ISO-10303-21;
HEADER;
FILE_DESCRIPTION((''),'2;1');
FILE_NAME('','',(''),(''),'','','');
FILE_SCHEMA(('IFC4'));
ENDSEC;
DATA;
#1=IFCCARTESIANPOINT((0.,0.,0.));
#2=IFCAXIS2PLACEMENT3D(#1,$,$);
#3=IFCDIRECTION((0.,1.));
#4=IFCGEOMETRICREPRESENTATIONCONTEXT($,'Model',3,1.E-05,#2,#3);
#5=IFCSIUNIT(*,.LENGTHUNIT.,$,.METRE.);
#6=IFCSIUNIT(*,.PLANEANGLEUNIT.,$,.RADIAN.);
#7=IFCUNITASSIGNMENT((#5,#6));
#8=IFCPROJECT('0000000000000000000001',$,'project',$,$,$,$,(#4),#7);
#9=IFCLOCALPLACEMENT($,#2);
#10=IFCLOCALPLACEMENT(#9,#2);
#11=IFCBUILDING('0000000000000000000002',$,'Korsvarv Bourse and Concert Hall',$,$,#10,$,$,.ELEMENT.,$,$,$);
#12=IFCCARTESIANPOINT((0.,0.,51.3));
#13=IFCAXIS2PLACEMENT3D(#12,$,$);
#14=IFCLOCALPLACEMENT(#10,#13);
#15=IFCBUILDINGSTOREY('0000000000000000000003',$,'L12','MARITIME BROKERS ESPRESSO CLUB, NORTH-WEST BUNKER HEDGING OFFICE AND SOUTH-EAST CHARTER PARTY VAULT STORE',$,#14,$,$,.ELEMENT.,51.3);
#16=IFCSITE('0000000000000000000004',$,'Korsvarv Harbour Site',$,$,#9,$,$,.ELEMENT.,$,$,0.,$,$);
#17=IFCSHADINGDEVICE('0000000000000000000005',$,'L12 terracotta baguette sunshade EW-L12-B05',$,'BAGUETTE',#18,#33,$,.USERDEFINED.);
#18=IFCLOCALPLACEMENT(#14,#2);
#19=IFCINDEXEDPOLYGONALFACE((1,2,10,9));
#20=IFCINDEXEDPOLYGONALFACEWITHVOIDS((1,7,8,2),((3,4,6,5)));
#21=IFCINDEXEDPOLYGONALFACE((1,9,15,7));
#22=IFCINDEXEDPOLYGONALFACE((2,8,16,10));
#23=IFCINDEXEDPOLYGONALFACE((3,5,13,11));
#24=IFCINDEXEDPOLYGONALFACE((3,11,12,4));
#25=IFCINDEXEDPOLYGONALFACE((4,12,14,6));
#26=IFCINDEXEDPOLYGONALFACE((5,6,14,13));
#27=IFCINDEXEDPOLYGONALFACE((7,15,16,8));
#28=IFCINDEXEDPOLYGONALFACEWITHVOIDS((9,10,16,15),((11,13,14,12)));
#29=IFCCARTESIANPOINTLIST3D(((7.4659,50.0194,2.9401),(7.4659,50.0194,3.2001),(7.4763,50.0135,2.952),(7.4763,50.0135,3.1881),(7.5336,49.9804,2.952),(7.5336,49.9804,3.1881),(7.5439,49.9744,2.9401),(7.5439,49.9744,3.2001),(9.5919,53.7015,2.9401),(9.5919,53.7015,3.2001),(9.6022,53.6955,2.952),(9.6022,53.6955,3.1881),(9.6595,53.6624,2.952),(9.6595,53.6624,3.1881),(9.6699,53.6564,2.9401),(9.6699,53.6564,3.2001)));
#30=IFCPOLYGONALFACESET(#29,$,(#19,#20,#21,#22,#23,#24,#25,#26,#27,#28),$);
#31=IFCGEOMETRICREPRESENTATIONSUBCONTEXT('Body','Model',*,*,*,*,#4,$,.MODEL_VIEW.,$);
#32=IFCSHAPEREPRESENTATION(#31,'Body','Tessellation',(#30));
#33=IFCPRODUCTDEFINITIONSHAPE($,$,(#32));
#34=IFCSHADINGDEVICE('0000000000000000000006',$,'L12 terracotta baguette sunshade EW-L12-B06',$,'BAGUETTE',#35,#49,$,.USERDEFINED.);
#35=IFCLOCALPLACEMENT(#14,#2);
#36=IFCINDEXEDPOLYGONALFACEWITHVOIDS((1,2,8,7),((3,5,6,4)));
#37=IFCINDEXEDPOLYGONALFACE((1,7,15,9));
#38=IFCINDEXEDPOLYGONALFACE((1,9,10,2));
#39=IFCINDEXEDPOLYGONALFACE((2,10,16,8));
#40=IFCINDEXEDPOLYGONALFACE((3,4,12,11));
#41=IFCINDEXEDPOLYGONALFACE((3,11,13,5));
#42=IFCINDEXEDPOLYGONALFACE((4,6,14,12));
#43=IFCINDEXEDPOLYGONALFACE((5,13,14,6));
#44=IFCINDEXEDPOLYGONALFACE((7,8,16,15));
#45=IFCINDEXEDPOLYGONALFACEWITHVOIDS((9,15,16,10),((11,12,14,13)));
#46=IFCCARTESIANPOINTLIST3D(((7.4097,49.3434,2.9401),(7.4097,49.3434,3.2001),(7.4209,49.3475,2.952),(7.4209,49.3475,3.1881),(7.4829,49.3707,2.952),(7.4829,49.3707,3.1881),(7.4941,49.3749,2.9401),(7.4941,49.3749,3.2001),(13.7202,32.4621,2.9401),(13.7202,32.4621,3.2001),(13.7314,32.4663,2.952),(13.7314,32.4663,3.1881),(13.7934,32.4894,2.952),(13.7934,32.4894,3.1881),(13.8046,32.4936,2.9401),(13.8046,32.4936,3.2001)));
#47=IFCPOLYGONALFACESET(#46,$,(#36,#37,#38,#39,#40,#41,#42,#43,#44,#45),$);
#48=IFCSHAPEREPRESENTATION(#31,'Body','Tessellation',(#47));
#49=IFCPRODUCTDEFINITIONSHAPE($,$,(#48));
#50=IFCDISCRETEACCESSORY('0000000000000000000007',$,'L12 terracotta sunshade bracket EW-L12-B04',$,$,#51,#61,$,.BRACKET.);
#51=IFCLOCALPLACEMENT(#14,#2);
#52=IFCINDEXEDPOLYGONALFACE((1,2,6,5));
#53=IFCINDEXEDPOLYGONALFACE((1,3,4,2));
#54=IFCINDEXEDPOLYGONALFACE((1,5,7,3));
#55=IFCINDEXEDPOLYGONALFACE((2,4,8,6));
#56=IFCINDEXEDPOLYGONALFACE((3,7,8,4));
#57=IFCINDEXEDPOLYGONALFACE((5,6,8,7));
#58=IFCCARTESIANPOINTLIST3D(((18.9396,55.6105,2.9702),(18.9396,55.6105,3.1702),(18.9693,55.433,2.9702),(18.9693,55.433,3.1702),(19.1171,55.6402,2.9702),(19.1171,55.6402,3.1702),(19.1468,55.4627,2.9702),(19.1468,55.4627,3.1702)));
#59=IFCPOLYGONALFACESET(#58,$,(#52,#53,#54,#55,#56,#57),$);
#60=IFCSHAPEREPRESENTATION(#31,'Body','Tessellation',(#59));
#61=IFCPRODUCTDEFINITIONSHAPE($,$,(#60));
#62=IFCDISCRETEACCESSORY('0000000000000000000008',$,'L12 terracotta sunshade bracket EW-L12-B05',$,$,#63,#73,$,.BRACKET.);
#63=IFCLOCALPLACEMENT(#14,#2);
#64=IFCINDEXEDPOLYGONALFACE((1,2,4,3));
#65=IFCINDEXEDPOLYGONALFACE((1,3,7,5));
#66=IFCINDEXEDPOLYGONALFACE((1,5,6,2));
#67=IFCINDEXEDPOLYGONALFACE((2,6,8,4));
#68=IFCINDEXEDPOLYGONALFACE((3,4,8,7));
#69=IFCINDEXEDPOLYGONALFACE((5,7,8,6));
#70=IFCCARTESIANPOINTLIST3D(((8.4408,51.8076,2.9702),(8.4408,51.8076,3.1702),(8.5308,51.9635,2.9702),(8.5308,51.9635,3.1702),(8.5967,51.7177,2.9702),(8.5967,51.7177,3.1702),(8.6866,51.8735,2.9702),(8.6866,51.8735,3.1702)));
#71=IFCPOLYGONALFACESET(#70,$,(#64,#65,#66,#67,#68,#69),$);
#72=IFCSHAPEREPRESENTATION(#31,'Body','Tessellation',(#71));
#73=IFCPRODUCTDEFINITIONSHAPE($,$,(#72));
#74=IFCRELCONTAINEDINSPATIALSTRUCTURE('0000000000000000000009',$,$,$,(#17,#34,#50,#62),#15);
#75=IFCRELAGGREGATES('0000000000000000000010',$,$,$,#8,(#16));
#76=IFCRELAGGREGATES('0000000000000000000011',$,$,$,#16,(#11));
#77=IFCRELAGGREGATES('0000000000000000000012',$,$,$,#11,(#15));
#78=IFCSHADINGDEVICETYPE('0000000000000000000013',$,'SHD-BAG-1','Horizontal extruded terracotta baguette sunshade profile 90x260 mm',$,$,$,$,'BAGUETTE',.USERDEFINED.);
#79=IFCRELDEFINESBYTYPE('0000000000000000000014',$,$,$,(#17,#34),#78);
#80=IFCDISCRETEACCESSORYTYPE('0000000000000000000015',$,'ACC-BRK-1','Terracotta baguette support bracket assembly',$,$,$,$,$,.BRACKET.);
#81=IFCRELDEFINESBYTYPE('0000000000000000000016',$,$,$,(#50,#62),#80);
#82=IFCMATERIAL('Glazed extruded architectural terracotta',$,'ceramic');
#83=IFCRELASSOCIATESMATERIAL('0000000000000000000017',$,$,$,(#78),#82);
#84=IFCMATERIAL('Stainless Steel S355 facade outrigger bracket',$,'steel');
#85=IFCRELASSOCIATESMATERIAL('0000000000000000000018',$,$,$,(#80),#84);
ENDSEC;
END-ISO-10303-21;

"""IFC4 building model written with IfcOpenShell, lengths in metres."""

from ifc_helpers import new_model, si_unit, direction, frame, origin, origin_2d, place, context, subcontext, project, spatial, rectangle, hollow_rectangle, extrude, source, transform, mapped, material, material_profile, profile_set, type_object, element, save


model = new_model("IFC4")

# Units and contexts
model_context = context("Model", 3, precision=1e-05, world=origin(), true_north=direction((0.0, 1.0)))
body_context = subcontext(model_context, "Body", "Model", "MODEL_VIEW")
ifc_project = project(units=[si_unit("LENGTHUNIT", "METRE"), si_unit("PLANEANGLEUNIT", "RADIAN")], contexts=[model_context])

# Site, building, storey
site_placement = place(None, origin())
site = spatial("IfcSite", under=ifc_project, at=site_placement, Name="Korsvarv Harbour Site", CompositionType="ELEMENT", RefElevation=0.0)
building_placement = place(site_placement, origin())
building = spatial("IfcBuilding", under=site, at=building_placement, Name="Korsvarv Bourse and Concert Hall", CompositionType="ELEMENT")
storey_placement = place(building_placement, frame((0.0, 0.0, 51.3)))
storey = spatial("IfcBuildingStorey", under=building, at=storey_placement, Name="L12", Description="MARITIME BROKERS ESPRESSO CLUB, NORTH-WEST BUNKER HEDGING OFFICE AND SOUTH-EAST CHARTER PARTY VAULT STORE", CompositionType="ELEMENT", Elevation=51.3)

# Shading devices
ifc_material_1 = material(Name="Glazed extruded architectural terracotta", Category="ceramic")
ifc_material_profile_1 = material_profile(ifc_material_1, hollow_rectangle(XDim=0.0901, YDim=0.26, WallThickness=0.012, at=origin_2d()), Name="TC-BAG 90x260")
ifc_profile_set_1 = profile_set([ifc_material_profile_1], Name="Glazed extruded architectural terracotta")
shading_device_type = type_object("IfcShadingDeviceType", Name="SHD-BAG-1", Description="Horizontal extruded terracotta baguette sunshade profile 90x260 mm", ElementType="BAGUETTE", PredefinedType="USERDEFINED", material=ifc_profile_set_1)
shared_shape_1 = source(origin(), body_context, "Body", "SweptSolid", [
    extrude(hollow_rectangle(XDim=0.0901, YDim=0.26, WallThickness=0.012, at=origin_2d()), origin(), (0.0, 0.0, 1.0), 4.2517),
])
shading_device_1_placement = place(storey_placement, frame((9.6309, 53.679, 3.0701), z_axis=(-0.500017, -0.866015, 0.0), x_axis=(0.866015, -0.500017, 0.0)))
element("IfcShadingDevice", 1, at=shading_device_1_placement, inside=storey, type_object=shading_device_type, Name="L12 terracotta baguette sunshade EW-L12-B05", ObjectType="BAGUETTE", PredefinedType="USERDEFINED", context=body_context, shape_type="MappedRepresentation", body=[
    mapped(shared_shape_1, transform((0.0, 0.0, 0.0), scale=1.0)),
])
shared_shape_2 = source(origin(), body_context, "Body", "SweptSolid", [
    extrude(hollow_rectangle(XDim=0.0901, YDim=0.26, WallThickness=0.012, at=origin_2d()), origin(), (0.0, 0.0, 1.0), 18.0222),
])
shading_device_2_placement = place(storey_placement, frame((7.4519, 49.3591, 3.0701), z_axis=(0.350152, -0.936693, 0.0), x_axis=(0.936693, 0.350152, 0.0)))
element("IfcShadingDevice", 2, at=shading_device_2_placement, inside=storey, type_object=shading_device_type, Name="L12 terracotta baguette sunshade EW-L12-B06", ObjectType="BAGUETTE", PredefinedType="USERDEFINED", context=body_context, shape_type="MappedRepresentation", body=[
    mapped(shared_shape_2, transform((0.0, 0.0, 0.0), scale=1.0)),
])

# Discrete accessories
ifc_material_2 = material(Name="Stainless Steel S355 facade outrigger bracket", Category="steel")
discrete_accessory_type = type_object("IfcDiscreteAccessoryType", Name="ACC-BRK-1", Description="Terracotta baguette support bracket assembly", PredefinedType="BRACKET", material=ifc_material_2)
shared_shape_3 = source(origin(), body_context, "Body", "SweptSolid", [
    extrude(rectangle(XDim=0.1799, YDim=0.1799, at=origin_2d()), origin(), (0.0, 0.0, 1.0), 0.2),
])
for number, where, z_axis, x_axis, name in (
    (3, (19.0432, 55.5366, 2.9702), (0.0, 0.0, 1.0), (-0.986286, -0.165048, 0.0), "L12 terracotta sunshade bracket EW-L12-B04"),
    (4, (8.5637, 51.8406, 2.9702), (0.0, 0.0, 1.0), (-0.5, -0.866025, 0.0), "L12 terracotta sunshade bracket EW-L12-B05"),
):
    element("IfcDiscreteAccessory", number, at=place(storey_placement, frame(where, z_axis=z_axis, x_axis=x_axis)), inside=storey, type_object=discrete_accessory_type, Name=name, PredefinedType="BRACKET", context=body_context, shape_type="MappedRepresentation", body=[
        mapped(shared_shape_3, transform((0.0, 0.0, 0.0), scale=1.0)),
    ])

save(model, "model.ifc")
